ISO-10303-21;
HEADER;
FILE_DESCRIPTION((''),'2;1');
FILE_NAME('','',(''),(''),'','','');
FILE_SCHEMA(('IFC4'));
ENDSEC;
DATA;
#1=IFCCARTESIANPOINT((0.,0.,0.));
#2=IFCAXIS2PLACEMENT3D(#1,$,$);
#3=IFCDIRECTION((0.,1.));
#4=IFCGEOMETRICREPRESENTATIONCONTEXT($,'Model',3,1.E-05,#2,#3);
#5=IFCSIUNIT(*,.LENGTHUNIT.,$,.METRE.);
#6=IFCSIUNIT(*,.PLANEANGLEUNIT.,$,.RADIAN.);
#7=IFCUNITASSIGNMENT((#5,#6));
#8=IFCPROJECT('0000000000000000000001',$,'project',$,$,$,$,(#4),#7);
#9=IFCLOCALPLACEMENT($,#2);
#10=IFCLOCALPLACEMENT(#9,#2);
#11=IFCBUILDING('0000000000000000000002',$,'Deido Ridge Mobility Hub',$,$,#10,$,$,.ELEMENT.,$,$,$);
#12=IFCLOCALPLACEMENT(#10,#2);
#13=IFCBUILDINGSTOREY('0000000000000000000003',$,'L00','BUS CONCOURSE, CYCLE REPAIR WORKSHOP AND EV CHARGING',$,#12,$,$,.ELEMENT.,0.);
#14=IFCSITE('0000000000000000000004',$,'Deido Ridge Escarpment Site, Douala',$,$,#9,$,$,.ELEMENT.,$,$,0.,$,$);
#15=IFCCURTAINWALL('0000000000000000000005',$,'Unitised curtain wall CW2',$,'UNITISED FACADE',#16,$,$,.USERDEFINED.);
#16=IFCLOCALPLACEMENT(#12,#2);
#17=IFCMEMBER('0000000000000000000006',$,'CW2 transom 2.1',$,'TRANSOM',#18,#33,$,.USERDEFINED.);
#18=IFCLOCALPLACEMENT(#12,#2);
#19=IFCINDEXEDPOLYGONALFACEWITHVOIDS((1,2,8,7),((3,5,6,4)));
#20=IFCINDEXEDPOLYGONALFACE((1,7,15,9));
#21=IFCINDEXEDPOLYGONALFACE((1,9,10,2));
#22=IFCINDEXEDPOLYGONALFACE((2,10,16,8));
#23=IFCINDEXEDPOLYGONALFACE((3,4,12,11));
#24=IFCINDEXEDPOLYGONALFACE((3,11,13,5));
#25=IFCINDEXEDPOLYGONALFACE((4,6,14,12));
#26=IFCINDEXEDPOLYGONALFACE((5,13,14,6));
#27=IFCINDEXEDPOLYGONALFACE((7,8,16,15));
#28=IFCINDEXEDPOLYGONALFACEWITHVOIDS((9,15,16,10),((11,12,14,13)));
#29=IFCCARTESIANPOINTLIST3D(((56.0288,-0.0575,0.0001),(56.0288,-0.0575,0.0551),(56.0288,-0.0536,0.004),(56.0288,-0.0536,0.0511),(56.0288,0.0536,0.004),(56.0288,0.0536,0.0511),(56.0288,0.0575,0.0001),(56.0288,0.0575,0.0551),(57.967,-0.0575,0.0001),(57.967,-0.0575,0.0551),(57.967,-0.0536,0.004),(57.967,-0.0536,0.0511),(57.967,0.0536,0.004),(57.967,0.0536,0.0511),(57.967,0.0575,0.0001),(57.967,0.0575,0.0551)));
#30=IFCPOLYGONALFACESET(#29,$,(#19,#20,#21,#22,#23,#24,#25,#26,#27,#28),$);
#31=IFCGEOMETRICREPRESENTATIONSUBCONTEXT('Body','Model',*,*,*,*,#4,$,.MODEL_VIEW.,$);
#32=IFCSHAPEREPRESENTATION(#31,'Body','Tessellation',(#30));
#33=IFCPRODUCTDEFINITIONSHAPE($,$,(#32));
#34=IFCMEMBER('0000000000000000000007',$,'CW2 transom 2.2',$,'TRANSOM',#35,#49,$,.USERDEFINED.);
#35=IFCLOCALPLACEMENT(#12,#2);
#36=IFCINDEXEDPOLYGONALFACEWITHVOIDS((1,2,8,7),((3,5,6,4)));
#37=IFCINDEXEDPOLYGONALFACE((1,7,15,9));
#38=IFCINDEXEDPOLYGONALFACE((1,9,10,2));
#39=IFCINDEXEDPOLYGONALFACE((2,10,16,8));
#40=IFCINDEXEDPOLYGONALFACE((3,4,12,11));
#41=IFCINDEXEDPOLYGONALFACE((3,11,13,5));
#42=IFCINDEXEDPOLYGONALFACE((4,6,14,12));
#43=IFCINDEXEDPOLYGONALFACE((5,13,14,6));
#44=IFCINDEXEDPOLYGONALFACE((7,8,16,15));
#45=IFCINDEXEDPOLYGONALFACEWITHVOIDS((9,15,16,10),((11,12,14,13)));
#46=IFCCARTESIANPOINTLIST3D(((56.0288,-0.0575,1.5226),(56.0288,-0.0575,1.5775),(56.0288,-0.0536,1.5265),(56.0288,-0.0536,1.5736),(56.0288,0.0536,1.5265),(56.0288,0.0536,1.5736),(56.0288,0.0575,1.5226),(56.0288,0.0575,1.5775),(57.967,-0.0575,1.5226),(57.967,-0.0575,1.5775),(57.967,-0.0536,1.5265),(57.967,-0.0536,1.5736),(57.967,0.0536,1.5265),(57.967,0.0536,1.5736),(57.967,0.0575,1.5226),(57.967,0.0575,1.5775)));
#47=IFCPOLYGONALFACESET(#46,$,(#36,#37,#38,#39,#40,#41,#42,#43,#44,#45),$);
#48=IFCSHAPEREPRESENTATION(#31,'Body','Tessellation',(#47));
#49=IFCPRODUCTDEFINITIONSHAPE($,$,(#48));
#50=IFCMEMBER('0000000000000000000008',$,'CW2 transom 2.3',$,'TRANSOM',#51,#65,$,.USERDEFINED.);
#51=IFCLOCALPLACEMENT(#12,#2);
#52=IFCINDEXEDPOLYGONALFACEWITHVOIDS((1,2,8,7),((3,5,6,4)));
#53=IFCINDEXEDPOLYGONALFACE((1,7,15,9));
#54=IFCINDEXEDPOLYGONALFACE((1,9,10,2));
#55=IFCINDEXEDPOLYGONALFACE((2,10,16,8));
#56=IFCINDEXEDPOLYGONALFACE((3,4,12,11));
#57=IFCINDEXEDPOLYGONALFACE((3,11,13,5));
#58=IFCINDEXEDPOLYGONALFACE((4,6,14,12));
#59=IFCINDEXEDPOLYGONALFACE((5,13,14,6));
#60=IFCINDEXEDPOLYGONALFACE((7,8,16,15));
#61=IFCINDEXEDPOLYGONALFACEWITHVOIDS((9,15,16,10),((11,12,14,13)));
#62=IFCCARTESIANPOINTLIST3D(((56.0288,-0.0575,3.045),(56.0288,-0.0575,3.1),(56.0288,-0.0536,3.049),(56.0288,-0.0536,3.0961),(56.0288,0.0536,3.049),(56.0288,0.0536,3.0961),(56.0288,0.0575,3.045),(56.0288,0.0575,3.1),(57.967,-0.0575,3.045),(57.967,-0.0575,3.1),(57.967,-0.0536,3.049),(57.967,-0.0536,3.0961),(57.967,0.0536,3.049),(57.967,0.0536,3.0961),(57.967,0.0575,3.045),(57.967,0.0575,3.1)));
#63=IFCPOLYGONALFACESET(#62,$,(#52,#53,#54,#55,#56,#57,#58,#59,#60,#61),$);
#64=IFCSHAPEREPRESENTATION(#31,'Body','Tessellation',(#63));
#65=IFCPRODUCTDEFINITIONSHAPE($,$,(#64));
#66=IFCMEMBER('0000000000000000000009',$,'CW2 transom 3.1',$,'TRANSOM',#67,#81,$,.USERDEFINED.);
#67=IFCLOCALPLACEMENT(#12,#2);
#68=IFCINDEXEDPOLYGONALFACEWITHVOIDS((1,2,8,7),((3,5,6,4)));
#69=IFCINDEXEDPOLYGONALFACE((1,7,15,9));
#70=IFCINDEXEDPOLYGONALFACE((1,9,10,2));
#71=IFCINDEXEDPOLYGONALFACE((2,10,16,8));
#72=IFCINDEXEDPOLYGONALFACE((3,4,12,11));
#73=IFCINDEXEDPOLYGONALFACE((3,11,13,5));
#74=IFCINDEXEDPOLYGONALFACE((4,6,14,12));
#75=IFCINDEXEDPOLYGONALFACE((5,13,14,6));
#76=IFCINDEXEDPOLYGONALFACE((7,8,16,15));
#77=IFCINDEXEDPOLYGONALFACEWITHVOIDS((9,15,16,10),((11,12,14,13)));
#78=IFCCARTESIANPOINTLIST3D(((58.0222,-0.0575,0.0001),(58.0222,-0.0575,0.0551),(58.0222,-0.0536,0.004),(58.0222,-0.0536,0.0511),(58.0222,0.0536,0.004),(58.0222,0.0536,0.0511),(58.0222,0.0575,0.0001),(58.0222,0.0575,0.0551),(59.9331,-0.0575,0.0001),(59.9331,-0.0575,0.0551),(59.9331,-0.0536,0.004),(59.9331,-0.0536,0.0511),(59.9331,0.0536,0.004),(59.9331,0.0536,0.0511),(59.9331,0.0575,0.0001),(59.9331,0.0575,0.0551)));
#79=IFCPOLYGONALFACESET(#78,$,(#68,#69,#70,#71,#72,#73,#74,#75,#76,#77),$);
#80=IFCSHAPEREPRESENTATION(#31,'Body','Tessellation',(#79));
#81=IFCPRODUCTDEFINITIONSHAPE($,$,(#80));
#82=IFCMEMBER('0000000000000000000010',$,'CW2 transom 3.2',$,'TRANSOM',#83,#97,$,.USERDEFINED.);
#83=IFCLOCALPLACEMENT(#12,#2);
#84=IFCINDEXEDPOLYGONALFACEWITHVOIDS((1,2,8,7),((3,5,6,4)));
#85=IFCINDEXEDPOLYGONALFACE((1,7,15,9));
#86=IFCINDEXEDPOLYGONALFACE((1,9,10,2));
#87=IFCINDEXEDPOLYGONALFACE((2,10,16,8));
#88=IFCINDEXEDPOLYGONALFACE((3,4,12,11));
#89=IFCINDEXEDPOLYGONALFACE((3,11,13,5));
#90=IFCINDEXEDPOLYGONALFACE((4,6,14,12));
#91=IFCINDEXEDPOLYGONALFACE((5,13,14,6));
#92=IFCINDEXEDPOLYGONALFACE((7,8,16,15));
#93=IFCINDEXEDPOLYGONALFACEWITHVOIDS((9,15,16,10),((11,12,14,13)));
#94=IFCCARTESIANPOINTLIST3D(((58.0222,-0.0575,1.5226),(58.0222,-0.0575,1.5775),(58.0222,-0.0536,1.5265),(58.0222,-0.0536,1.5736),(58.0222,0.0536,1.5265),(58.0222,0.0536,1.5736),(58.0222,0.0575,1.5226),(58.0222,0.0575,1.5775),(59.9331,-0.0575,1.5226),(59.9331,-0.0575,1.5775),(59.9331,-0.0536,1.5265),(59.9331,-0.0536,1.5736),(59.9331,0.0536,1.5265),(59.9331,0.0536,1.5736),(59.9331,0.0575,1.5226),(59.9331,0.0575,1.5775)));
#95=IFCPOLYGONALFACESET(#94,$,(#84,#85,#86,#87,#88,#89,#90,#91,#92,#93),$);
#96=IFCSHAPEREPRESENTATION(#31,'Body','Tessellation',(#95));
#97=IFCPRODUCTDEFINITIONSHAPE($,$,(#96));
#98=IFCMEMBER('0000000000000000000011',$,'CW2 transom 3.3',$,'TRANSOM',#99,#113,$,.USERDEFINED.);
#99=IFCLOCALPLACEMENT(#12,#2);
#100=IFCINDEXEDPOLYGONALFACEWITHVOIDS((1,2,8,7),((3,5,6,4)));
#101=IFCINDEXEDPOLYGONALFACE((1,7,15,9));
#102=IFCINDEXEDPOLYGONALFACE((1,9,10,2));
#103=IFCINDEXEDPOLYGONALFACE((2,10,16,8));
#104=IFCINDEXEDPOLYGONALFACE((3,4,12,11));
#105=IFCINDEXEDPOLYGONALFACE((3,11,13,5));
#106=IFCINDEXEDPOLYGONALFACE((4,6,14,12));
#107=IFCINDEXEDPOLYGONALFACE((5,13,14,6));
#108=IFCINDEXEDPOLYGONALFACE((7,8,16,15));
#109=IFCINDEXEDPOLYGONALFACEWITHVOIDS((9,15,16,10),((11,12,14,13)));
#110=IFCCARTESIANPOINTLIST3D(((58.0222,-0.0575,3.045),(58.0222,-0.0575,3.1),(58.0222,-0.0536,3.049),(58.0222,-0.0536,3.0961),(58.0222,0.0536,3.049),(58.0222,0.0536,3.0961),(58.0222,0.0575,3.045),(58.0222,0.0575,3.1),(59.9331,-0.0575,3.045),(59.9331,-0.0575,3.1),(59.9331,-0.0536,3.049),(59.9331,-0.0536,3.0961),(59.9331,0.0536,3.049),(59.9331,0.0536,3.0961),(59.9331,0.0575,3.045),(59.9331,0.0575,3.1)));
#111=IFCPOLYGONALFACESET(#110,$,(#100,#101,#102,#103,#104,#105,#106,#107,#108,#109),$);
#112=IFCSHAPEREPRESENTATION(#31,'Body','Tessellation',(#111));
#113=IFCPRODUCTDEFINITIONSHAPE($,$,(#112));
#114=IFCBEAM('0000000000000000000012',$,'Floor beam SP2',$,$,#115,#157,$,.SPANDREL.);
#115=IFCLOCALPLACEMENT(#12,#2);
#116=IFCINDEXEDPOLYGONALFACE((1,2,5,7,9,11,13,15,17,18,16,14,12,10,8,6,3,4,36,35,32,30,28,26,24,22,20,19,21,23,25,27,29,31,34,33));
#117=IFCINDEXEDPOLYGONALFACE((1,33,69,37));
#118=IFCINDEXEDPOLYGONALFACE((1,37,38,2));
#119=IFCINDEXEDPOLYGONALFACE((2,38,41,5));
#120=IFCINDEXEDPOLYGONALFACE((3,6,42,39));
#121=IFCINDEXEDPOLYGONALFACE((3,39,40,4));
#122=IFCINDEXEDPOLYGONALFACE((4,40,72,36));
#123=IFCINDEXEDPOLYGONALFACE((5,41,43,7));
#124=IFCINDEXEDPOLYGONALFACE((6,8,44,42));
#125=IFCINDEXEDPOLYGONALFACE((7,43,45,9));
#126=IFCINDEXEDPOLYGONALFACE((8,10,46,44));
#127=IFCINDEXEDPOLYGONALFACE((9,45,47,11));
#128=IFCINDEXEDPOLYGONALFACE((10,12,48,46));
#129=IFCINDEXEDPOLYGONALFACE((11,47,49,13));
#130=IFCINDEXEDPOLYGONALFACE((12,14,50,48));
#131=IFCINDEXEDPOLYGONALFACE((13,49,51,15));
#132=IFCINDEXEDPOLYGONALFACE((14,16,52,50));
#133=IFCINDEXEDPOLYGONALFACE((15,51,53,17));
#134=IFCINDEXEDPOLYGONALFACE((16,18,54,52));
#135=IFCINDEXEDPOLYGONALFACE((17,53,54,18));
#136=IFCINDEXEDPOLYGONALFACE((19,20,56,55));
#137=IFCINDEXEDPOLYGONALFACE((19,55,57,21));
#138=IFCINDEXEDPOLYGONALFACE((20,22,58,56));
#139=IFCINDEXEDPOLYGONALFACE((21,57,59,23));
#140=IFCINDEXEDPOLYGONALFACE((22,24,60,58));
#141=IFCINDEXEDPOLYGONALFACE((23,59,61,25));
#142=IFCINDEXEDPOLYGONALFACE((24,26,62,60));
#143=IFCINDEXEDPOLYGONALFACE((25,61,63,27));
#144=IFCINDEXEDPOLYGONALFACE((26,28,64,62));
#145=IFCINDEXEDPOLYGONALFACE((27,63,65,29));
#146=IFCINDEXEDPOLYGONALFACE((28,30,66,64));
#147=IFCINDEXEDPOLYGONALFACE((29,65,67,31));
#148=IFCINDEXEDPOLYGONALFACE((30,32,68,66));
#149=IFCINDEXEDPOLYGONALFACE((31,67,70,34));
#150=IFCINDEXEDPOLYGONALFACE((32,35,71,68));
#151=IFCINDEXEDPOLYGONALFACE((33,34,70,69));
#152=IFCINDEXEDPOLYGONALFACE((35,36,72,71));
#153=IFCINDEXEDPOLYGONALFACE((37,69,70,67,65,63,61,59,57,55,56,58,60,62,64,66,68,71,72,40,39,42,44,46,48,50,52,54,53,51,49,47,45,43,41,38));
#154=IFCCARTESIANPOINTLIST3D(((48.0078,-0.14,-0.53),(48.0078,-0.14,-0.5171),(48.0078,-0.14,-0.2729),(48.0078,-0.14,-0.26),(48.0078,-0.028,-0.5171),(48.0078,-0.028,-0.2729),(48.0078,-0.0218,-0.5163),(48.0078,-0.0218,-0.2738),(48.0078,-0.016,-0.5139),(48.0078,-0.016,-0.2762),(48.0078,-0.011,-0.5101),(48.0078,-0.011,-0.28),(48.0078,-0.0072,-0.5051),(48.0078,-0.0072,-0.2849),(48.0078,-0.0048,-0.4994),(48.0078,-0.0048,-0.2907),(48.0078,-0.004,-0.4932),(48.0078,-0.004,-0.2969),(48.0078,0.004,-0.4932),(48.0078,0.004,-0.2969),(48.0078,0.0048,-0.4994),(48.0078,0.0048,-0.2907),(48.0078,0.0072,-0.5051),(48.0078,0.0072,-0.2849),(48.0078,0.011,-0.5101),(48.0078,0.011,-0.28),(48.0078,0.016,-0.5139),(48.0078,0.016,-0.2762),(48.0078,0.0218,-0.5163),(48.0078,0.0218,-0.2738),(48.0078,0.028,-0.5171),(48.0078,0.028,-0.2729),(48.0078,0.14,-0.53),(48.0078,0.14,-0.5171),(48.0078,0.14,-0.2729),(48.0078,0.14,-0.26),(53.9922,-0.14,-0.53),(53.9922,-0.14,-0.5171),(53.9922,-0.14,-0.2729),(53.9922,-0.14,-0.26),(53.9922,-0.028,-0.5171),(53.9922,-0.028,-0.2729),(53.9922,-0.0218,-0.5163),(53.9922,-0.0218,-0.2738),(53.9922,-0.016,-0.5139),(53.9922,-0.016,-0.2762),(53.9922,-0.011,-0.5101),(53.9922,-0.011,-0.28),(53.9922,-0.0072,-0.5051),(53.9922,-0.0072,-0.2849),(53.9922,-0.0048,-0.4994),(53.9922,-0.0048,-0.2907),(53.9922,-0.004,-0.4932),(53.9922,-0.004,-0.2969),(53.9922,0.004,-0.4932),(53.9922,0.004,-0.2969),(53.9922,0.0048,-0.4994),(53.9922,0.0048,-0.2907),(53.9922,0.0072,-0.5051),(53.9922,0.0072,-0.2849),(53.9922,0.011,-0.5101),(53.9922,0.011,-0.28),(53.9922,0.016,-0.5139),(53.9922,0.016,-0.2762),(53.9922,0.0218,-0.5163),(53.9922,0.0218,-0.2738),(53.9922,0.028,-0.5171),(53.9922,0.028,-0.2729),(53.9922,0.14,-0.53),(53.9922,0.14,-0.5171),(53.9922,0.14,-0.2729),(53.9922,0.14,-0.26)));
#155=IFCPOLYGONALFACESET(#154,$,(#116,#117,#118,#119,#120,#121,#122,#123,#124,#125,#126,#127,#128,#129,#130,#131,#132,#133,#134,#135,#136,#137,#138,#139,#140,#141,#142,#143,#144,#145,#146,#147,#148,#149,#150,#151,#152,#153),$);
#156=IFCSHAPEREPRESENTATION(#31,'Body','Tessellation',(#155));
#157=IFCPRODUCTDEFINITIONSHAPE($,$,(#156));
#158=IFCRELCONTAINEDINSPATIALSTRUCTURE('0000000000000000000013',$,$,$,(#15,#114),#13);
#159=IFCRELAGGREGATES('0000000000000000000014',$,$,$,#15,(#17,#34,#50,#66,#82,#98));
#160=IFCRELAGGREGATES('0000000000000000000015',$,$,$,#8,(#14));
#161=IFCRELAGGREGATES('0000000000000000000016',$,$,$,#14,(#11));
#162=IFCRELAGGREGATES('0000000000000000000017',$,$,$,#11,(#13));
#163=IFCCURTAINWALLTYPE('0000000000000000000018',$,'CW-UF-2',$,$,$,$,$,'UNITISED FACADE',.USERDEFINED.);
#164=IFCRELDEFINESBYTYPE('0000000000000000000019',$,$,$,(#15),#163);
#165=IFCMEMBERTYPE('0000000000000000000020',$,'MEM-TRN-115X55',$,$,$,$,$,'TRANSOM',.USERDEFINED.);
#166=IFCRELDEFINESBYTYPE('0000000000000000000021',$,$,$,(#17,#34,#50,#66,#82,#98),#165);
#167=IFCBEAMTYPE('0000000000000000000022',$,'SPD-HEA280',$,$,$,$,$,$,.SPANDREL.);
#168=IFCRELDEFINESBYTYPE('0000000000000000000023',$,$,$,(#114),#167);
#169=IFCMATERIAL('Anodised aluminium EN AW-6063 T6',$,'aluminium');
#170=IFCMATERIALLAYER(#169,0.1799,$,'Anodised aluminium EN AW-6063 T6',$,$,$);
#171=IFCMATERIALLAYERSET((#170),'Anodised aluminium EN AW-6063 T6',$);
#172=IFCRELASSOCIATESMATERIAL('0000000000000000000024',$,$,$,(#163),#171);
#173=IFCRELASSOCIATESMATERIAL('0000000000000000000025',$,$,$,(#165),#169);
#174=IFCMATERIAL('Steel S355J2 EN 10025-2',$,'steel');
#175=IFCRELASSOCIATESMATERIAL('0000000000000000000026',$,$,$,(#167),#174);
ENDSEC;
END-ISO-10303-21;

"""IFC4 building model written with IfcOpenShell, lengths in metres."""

from ifc_helpers import new_model, si_unit, direction, frame, origin, origin_2d, place, context, subcontext, project, spatial, hollow_rectangle, i_section, extrude, material, layer, layer_set, material_profile, profile_set, type_object, element, aggregate, save


model = new_model("IFC4")

# Units and contexts
model_context = context("Model", 3, precision=1e-05, world=origin(), true_north=direction((0.0, 1.0)))
body_context = subcontext(model_context, "Body", "Model", "MODEL_VIEW")
ifc_project = project(units=[si_unit("LENGTHUNIT", "METRE"), si_unit("PLANEANGLEUNIT", "RADIAN")], contexts=[model_context])

# Site, building, storey
site_placement = place(None, origin())
site = spatial("IfcSite", under=ifc_project, at=site_placement, Name="Deido Ridge Escarpment Site, Douala", CompositionType="ELEMENT", RefElevation=0.0)
building_placement = place(site_placement, origin())
building = spatial("IfcBuilding", under=site, at=building_placement, Name="Deido Ridge Mobility Hub", CompositionType="ELEMENT")
storey_placement = place(building_placement, origin())
storey = spatial("IfcBuildingStorey", under=building, at=storey_placement, Name="L00", Description="BUS CONCOURSE, CYCLE REPAIR WORKSHOP AND EV CHARGING", CompositionType="ELEMENT", Elevation=0.0)

# Shared definitions
ifc_material_1 = material(Name="Steel S355J2 EN 10025-2", Category="steel")

# Curtain wall
ifc_material_2 = material(Name="Anodised aluminium EN AW-6063 T6", Category="aluminium")
ifc_layer_1 = layer(ifc_material_2, 0.1799, Name="Anodised aluminium EN AW-6063 T6")
ifc_layer_set_1 = layer_set([ifc_layer_1], Name="Anodised aluminium EN AW-6063 T6")
curtain_wall_type_1 = type_object("IfcCurtainWallType", Name="CW-UF-2", ElementType="UNITISED FACADE", PredefinedType="USERDEFINED", material=ifc_layer_set_1)
curtain_wall_1_placement = place(storey_placement, origin())
curtain_wall_1 = element("IfcCurtainWall", 1, at=curtain_wall_1_placement, inside=storey, type_object=curtain_wall_type_1, Name="Unitised curtain wall CW2", ObjectType="UNITISED FACADE", PredefinedType="USERDEFINED")

# Members
ifc_material_profile_1 = material_profile(ifc_material_2, hollow_rectangle(XDim=0.115, YDim=0.0549, WallThickness=0.0039, at=origin_2d()), Name="RHS 115x55x4")
ifc_profile_set_1 = profile_set([ifc_material_profile_1], Name="Anodised aluminium EN AW-6063 T6")
member_type_1 = type_object("IfcMemberType", Name="MEM-TRN-115X55", ElementType="TRANSOM", PredefinedType="USERDEFINED", material=ifc_profile_set_1)
member_1_placement = place(storey_placement, frame((56.0288, 0.0, 0.0276), z_axis=(1.0, 0.0, 0.0), x_axis=(0.0, 1.0, 0.0)))
member_1 = element("IfcMember", 2, at=member_1_placement, type_object=member_type_1, Name="CW2 transom 2.1", ObjectType="TRANSOM", PredefinedType="USERDEFINED", context=body_context, shape_type="SweptSolid", body=[
    extrude(hollow_rectangle(XDim=0.115, YDim=0.0549, WallThickness=0.0039, at=origin_2d()), origin(), (0.0, 0.0, 1.0), 1.9382),
])
member_2_placement = place(storey_placement, frame((56.0288, 0.0, 1.55), z_axis=(1.0, 0.0, 0.0), x_axis=(0.0, 1.0, 0.0)))
member_2 = element("IfcMember", 3, at=member_2_placement, type_object=member_type_1, Name="CW2 transom 2.2", ObjectType="TRANSOM", PredefinedType="USERDEFINED", context=body_context, shape_type="SweptSolid", body=[
    extrude(hollow_rectangle(XDim=0.115, YDim=0.0549, WallThickness=0.0039, at=origin_2d()), origin(), (0.0, 0.0, 1.0), 1.9382),
])
member_3_placement = place(storey_placement, frame((56.0288, 0.0, 3.0725), z_axis=(1.0, 0.0, 0.0), x_axis=(0.0, 1.0, 0.0)))
member_3 = element("IfcMember", 4, at=member_3_placement, type_object=member_type_1, Name="CW2 transom 2.3", ObjectType="TRANSOM", PredefinedType="USERDEFINED", context=body_context, shape_type="SweptSolid", body=[
    extrude(hollow_rectangle(XDim=0.115, YDim=0.0549, WallThickness=0.0039, at=origin_2d()), origin(), (0.0, 0.0, 1.0), 1.9382),
])
member_4_placement = place(storey_placement, frame((58.0222, 0.0, 0.0276), z_axis=(1.0, 0.0, 0.0), x_axis=(0.0, 1.0, 0.0)))
member_4 = element("IfcMember", 5, at=member_4_placement, type_object=member_type_1, Name="CW2 transom 3.1", ObjectType="TRANSOM", PredefinedType="USERDEFINED", context=body_context, shape_type="SweptSolid", body=[
    extrude(hollow_rectangle(XDim=0.115, YDim=0.0549, WallThickness=0.0039, at=origin_2d()), origin(), (0.0, 0.0, 1.0), 1.9109),
])
member_5_placement = place(storey_placement, frame((58.0222, 0.0, 1.55), z_axis=(1.0, 0.0, 0.0), x_axis=(0.0, 1.0, 0.0)))
member_5 = element("IfcMember", 6, at=member_5_placement, type_object=member_type_1, Name="CW2 transom 3.2", ObjectType="TRANSOM", PredefinedType="USERDEFINED", context=body_context, shape_type="SweptSolid", body=[
    extrude(hollow_rectangle(XDim=0.115, YDim=0.0549, WallThickness=0.0039, at=origin_2d()), origin(), (0.0, 0.0, 1.0), 1.9109),
])
member_6_placement = place(storey_placement, frame((58.0222, 0.0, 3.0725), z_axis=(1.0, 0.0, 0.0), x_axis=(0.0, 1.0, 0.0)))
member_6 = element("IfcMember", 7, at=member_6_placement, type_object=member_type_1, Name="CW2 transom 3.3", ObjectType="TRANSOM", PredefinedType="USERDEFINED", context=body_context, shape_type="SweptSolid", body=[
    extrude(hollow_rectangle(XDim=0.115, YDim=0.0549, WallThickness=0.0039, at=origin_2d()), origin(), (0.0, 0.0, 1.0), 1.9109),
])

# Beam
ifc_material_profile_2 = material_profile(ifc_material_1, i_section(OverallWidth=0.28, OverallDepth=0.27, WebThickness=0.0081, FlangeThickness=0.0129, FilletRadius=0.0239, at=origin_2d()), Name="HEA 280")
ifc_profile_set_2 = profile_set([ifc_material_profile_2], Name="Steel S355J2 EN 10025-2")
beam_type = type_object("IfcBeamType", Name="SPD-HEA280", PredefinedType="SPANDREL", material=ifc_profile_set_2)
beam_1_placement = place(storey_placement, frame((48.0078, 0.0, -0.395), z_axis=(1.0, 0.0, 0.0), x_axis=(0.0, 1.0, 0.0)))
element("IfcBeam", 8, at=beam_1_placement, inside=storey, type_object=beam_type, Name="Floor beam SP2", PredefinedType="SPANDREL", context=body_context, shape_type="SweptSolid", body=[
    extrude(i_section(OverallWidth=0.28, OverallDepth=0.27, WebThickness=0.0081, FlangeThickness=0.0129, FilletRadius=0.0239, at=origin_2d()), origin(), (0.0, 0.0, 1.0), 5.9844),
])

aggregate(curtain_wall_1, [member_1, member_2, member_3, member_4, member_5, member_6])

save(model, "model.ifc")
